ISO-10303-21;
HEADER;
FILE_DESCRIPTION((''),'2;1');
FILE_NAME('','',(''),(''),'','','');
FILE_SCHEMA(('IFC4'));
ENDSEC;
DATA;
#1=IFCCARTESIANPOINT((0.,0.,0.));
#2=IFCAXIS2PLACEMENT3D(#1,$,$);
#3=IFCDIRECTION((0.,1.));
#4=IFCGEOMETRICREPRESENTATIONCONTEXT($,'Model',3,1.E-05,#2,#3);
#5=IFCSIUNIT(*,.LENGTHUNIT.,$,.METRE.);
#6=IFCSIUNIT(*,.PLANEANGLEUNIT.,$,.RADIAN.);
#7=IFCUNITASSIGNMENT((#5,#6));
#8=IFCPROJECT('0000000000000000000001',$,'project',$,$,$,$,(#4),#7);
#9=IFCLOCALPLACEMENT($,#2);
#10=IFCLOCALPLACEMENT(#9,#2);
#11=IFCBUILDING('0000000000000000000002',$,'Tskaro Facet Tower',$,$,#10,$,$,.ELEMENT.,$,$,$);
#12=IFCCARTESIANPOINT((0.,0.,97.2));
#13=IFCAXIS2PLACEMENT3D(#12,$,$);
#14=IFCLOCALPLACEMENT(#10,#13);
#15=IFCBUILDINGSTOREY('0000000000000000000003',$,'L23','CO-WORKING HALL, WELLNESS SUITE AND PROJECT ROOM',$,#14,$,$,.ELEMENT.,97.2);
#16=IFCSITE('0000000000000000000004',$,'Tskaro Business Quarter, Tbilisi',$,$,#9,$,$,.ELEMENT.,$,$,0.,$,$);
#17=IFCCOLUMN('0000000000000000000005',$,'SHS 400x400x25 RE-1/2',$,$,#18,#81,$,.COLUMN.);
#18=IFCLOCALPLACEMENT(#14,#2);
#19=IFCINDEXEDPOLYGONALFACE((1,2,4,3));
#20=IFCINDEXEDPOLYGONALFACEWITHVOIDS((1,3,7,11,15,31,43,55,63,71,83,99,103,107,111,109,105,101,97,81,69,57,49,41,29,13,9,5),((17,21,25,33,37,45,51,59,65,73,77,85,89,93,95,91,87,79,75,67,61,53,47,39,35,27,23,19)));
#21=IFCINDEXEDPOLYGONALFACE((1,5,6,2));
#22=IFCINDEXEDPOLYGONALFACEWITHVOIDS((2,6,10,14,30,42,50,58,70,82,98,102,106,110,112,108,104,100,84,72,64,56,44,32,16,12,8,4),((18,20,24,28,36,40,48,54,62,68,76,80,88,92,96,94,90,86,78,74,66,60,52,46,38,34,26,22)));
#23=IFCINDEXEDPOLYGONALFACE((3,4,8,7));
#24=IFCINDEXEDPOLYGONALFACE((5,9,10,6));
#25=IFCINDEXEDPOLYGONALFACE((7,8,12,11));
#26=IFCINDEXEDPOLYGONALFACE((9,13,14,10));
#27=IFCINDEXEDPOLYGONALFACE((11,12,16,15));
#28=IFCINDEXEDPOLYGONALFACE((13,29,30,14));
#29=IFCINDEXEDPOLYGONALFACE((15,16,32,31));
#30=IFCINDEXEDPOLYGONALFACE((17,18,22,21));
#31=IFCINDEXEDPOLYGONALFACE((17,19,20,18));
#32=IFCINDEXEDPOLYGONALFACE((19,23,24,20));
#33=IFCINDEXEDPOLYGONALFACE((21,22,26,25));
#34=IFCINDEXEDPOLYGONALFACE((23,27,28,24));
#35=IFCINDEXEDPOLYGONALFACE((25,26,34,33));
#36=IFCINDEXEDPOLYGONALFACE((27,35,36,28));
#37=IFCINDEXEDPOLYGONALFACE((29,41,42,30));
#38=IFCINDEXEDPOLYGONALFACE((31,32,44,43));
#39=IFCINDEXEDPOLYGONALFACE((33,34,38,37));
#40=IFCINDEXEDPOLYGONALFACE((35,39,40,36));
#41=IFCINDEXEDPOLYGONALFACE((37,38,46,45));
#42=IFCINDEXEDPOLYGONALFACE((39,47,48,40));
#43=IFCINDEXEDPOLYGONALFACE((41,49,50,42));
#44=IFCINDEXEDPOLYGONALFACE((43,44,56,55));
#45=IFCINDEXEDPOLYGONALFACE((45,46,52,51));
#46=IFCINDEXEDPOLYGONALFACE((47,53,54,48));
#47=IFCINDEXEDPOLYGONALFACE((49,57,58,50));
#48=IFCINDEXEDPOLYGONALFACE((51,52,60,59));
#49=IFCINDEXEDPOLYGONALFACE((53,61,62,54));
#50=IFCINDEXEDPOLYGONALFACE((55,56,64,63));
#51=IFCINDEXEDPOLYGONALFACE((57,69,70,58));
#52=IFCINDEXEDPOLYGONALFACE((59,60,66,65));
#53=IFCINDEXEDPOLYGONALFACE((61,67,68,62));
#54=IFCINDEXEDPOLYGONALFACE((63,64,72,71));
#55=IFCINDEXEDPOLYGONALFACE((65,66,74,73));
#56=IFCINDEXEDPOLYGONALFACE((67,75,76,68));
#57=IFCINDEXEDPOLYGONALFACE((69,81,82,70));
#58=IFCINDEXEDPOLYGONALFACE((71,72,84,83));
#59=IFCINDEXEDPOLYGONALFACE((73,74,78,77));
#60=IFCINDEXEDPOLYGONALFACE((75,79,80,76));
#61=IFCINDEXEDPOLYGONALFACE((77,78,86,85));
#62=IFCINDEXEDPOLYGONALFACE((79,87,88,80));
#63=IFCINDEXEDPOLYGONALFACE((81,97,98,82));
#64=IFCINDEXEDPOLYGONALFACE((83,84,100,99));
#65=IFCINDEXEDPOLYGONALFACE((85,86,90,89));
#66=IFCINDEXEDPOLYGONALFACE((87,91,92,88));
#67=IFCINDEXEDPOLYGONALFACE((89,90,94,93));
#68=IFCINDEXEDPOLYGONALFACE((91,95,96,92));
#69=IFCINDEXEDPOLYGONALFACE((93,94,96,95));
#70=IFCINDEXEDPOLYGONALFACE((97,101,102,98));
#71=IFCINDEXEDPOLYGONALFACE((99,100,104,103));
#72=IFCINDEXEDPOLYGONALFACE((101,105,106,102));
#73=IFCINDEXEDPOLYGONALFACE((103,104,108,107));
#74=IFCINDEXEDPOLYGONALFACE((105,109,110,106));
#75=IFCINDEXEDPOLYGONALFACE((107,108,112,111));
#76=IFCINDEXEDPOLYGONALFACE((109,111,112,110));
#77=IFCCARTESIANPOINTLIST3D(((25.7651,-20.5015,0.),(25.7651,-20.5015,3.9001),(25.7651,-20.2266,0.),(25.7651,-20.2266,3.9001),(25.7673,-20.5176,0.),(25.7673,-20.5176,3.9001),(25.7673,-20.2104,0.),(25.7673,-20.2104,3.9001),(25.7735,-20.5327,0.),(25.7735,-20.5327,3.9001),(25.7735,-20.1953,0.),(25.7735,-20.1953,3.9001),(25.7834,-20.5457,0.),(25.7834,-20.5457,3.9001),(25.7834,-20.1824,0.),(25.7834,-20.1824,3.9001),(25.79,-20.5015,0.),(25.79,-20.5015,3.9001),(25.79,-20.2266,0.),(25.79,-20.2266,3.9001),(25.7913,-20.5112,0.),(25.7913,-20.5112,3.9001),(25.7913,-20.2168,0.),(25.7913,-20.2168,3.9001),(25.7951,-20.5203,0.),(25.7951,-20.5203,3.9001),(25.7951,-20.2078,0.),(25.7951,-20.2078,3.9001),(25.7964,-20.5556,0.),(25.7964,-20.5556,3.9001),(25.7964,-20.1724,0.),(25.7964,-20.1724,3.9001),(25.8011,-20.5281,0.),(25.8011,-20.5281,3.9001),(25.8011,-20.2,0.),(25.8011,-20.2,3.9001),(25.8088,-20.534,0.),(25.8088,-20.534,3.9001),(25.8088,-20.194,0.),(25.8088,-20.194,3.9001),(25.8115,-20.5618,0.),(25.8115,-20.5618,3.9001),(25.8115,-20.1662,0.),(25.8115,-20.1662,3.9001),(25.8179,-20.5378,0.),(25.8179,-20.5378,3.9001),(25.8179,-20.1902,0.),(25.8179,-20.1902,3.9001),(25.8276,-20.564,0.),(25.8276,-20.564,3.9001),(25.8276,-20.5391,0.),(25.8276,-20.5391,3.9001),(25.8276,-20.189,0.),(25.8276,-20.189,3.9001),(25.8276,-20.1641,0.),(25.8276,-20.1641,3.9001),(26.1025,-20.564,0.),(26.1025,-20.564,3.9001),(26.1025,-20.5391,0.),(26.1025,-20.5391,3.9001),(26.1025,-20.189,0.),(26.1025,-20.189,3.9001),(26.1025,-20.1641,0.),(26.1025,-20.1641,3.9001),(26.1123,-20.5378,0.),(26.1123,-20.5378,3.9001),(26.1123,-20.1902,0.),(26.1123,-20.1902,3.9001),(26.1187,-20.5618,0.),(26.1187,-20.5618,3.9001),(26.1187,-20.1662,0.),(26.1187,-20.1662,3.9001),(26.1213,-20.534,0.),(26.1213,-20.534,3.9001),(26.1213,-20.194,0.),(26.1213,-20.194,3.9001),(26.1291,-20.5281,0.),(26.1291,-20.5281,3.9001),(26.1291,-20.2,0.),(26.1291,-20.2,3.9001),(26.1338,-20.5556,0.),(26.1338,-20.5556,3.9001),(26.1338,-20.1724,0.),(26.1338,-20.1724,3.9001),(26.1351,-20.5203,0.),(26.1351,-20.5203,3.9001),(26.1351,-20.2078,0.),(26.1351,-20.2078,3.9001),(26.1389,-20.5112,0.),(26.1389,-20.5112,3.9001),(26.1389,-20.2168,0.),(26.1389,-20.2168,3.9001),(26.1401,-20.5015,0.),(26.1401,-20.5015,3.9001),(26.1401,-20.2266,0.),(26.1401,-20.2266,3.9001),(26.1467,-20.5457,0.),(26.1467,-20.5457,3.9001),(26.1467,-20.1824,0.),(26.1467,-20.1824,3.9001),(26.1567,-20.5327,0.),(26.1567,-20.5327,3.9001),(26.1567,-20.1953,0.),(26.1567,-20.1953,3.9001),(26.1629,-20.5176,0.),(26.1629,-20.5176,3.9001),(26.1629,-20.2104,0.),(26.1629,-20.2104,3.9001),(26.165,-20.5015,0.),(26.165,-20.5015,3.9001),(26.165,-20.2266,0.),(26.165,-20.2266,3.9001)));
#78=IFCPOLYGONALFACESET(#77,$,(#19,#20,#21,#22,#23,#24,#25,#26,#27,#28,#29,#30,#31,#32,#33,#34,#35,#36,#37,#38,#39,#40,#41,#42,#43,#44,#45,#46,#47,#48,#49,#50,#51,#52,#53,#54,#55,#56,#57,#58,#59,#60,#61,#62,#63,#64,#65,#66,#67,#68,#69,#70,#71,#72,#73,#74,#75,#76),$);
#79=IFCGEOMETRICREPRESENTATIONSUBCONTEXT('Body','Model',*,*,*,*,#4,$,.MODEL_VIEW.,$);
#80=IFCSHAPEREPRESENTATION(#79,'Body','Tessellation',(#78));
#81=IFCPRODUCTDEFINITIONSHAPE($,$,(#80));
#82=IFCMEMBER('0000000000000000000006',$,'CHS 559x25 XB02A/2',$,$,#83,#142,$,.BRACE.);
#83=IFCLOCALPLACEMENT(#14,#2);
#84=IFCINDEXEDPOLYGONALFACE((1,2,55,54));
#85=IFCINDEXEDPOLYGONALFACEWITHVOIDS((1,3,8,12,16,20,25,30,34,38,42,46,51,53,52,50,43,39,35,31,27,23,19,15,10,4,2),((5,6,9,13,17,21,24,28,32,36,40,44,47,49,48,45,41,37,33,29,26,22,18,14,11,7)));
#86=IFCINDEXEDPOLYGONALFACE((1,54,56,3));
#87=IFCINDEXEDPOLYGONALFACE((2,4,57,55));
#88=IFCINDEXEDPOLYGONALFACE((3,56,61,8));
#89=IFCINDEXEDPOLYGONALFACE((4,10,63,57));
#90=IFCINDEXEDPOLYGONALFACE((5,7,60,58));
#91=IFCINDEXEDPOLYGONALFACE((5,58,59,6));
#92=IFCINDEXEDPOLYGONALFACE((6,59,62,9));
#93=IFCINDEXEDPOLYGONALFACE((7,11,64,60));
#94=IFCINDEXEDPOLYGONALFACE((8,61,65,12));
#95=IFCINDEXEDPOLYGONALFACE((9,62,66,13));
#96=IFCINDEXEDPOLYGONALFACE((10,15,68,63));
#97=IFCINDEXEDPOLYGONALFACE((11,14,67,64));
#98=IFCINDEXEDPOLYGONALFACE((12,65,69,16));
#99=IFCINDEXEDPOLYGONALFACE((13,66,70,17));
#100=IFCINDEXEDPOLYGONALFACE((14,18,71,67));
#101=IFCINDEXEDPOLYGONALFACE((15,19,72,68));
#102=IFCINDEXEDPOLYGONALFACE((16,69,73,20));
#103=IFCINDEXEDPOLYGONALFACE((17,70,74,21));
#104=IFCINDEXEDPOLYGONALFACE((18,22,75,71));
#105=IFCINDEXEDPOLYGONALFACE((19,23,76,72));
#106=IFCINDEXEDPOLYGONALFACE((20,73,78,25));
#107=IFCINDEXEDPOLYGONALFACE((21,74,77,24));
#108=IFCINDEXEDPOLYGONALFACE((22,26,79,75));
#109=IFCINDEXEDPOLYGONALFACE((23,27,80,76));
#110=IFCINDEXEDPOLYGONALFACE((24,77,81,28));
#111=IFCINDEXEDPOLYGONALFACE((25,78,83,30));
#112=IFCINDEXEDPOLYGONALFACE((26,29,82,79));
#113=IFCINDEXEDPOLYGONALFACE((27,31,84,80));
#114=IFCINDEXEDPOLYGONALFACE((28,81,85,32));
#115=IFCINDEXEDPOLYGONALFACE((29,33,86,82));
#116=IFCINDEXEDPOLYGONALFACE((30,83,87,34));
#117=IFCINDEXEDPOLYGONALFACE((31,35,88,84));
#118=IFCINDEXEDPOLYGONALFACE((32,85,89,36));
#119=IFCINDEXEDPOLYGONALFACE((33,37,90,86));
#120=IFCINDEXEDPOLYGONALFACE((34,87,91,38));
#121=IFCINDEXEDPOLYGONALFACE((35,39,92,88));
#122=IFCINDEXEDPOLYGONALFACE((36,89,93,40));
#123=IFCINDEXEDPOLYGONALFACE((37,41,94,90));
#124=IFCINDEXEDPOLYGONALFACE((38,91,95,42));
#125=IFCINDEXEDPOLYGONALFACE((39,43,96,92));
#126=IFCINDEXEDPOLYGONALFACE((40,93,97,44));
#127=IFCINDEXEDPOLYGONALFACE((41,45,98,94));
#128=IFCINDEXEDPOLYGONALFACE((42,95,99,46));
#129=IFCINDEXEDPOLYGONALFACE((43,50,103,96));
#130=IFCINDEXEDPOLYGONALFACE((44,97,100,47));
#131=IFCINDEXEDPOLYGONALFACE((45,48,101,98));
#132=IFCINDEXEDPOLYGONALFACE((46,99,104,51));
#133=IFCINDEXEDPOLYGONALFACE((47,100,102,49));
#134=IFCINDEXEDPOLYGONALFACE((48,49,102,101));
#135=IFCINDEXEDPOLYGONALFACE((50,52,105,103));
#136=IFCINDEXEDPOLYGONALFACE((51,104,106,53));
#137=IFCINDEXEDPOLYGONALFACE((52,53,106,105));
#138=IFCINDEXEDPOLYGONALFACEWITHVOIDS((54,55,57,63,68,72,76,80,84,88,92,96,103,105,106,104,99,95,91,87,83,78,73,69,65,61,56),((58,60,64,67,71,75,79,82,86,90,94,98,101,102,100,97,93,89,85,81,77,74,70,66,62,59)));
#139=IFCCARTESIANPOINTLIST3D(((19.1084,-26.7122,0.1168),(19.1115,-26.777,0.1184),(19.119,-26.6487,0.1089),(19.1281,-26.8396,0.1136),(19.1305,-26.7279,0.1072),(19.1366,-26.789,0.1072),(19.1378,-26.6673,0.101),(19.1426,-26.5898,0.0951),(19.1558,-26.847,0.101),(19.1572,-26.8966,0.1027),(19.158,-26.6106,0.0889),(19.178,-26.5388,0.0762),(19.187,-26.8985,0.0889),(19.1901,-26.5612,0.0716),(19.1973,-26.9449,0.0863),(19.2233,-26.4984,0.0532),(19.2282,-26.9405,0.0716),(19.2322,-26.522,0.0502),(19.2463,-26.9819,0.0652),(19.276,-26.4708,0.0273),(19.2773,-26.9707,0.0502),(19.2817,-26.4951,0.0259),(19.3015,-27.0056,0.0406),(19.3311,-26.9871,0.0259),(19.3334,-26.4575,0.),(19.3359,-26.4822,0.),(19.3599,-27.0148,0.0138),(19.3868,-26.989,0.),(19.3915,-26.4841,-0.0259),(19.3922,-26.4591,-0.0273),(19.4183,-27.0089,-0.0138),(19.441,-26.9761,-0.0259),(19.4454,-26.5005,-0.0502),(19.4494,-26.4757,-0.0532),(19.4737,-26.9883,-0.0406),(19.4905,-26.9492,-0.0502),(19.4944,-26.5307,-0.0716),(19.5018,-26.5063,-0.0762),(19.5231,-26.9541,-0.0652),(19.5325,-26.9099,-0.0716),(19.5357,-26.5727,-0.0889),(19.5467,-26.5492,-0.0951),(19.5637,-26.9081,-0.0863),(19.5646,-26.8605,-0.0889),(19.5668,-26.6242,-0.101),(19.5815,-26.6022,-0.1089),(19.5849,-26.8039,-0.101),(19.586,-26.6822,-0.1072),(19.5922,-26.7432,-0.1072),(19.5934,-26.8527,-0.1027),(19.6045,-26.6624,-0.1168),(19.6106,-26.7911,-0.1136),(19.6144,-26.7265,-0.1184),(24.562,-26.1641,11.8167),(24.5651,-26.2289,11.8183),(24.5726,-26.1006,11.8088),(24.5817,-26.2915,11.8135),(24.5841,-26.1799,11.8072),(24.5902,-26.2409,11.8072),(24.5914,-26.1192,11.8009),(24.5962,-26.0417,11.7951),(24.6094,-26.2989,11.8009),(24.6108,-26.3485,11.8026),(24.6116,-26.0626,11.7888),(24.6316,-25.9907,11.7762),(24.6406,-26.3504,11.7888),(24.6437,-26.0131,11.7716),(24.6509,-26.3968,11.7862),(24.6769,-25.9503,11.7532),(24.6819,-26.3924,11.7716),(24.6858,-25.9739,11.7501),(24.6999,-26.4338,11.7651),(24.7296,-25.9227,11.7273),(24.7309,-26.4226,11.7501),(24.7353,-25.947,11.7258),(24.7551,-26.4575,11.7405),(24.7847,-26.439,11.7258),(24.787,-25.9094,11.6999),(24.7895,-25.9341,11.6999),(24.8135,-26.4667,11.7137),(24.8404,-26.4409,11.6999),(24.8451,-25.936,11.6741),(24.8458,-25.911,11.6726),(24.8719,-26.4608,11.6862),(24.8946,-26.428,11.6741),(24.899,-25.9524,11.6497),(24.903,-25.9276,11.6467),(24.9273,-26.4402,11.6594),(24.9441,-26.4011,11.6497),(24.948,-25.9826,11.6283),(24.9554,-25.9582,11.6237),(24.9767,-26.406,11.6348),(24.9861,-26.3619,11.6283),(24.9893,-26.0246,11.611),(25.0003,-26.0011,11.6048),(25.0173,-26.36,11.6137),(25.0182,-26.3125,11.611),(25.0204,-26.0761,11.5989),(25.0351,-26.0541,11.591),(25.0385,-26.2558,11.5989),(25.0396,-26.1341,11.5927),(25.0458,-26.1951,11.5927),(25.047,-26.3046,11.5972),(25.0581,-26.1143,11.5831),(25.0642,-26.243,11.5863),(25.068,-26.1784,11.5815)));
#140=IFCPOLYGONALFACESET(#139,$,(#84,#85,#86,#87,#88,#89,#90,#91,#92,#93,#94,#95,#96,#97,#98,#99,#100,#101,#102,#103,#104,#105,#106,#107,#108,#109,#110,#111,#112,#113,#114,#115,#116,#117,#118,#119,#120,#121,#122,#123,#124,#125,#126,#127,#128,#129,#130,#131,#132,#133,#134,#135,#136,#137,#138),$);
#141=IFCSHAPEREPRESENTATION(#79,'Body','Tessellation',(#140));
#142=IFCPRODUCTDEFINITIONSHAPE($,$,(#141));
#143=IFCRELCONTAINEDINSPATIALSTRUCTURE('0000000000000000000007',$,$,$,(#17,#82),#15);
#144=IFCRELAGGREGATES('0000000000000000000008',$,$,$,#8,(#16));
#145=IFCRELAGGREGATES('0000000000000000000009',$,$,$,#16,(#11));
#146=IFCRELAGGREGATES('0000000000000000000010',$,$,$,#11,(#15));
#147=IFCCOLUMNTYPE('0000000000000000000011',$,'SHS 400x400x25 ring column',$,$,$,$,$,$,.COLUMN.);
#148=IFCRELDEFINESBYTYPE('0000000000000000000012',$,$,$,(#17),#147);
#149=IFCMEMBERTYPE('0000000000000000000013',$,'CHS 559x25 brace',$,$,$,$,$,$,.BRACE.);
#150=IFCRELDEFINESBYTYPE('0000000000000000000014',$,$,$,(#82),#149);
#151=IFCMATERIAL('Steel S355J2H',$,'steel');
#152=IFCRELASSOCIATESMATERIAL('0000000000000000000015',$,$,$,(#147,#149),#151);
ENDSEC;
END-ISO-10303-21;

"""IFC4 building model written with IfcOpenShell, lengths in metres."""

from ifc_helpers import new_model, si_unit, direction, frame, origin, origin_2d, place, context, subcontext, project, spatial, hollow_rectangle, hollow_circle, extrude, material, material_profile, profile_set, type_object, element, save


model = new_model("IFC4")

# Units and contexts
model_context = context("Model", 3, precision=1e-05, world=origin(), true_north=direction((0.0, 1.0)))
body_context = subcontext(model_context, "Body", "Model", "MODEL_VIEW")
ifc_project = project(units=[si_unit("LENGTHUNIT", "METRE"), si_unit("PLANEANGLEUNIT", "RADIAN")], contexts=[model_context])

# Site, building, storey
site_placement = place(None, origin())
site = spatial("IfcSite", under=ifc_project, at=site_placement, Name="Tskaro Business Quarter, Tbilisi", CompositionType="ELEMENT", RefElevation=0.0)
building_placement = place(site_placement, origin())
building = spatial("IfcBuilding", under=site, at=building_placement, Name="Tskaro Facet Tower", CompositionType="ELEMENT")
storey_placement = place(building_placement, frame((0.0, 0.0, 97.2)))
storey = spatial("IfcBuildingStorey", under=building, at=storey_placement, Name="L23", Description="CO-WORKING HALL, WELLNESS SUITE AND PROJECT ROOM", CompositionType="ELEMENT", Elevation=97.2)

# Column
ifc_material_1 = material(Name="Steel S355J2H", Category="steel")
ifc_material_profile_1 = material_profile(ifc_material_1, hollow_rectangle(XDim=0.3999, YDim=0.3999, WallThickness=0.0249, InnerFilletRadius=0.0376, OuterFilletRadius=0.0625, at=origin_2d()), Name="SHS 400x400x25")
ifc_profile_set_1 = profile_set([ifc_material_profile_1], Name="Steel S355J2H")
column_type_1 = type_object("IfcColumnType", Name="SHS 400x400x25 ring column", PredefinedType="COLUMN", material=ifc_profile_set_1)
for number, where, z_axis, x_axis, name in (
    (1, (25.9651, -20.364, 0.0), (0.0, 0.0, 1.0), (1.0, 0.0, 0.0), "SHS 400x400x25 RE-1/2"),
):
    element("IfcColumn", number, at=place(storey_placement, frame(where, z_axis=z_axis, x_axis=x_axis)), inside=storey, type_object=column_type_1, Name=name, PredefinedType="COLUMN", context=body_context, shape_type="SweptSolid", body=[
        extrude(hollow_rectangle(XDim=0.3999, YDim=0.3999, WallThickness=0.0249, InnerFilletRadius=0.0376, OuterFilletRadius=0.0625, at=origin_2d()), origin(), (0.0, 0.0, 1.0), 3.9001),
    ])

# Member
ifc_material_profile_2 = material_profile(ifc_material_1, hollow_circle(Radius=0.2795, WallThickness=0.0249, at=origin_2d()), Name="CHS 559x25")
ifc_profile_set_2 = profile_set([ifc_material_profile_2], Name="Steel S355J2H")
member_type_1 = type_object("IfcMemberType", Name="CHS 559x25 brace", PredefinedType="BRACE", material=ifc_profile_set_2)
member_1_placement = place(storey_placement, frame((19.3613, -26.7356, 0.0), z_axis=(0.4221, 0.042422, 0.905556), x_axis=(-0.099998, 0.994988, 0.0)))
element("IfcMember", 2, at=member_1_placement, inside=storey, type_object=member_type_1, Name="CHS 559x25 XB02A/2", PredefinedType="BRACE", context=body_context, shape_type="SweptSolid", body=[
    extrude(hollow_circle(Radius=0.2795, WallThickness=0.0249, at=origin_2d()), origin(), (0.0, 0.0, 1.0), 12.9202),
])

save(model, "model.ifc")
